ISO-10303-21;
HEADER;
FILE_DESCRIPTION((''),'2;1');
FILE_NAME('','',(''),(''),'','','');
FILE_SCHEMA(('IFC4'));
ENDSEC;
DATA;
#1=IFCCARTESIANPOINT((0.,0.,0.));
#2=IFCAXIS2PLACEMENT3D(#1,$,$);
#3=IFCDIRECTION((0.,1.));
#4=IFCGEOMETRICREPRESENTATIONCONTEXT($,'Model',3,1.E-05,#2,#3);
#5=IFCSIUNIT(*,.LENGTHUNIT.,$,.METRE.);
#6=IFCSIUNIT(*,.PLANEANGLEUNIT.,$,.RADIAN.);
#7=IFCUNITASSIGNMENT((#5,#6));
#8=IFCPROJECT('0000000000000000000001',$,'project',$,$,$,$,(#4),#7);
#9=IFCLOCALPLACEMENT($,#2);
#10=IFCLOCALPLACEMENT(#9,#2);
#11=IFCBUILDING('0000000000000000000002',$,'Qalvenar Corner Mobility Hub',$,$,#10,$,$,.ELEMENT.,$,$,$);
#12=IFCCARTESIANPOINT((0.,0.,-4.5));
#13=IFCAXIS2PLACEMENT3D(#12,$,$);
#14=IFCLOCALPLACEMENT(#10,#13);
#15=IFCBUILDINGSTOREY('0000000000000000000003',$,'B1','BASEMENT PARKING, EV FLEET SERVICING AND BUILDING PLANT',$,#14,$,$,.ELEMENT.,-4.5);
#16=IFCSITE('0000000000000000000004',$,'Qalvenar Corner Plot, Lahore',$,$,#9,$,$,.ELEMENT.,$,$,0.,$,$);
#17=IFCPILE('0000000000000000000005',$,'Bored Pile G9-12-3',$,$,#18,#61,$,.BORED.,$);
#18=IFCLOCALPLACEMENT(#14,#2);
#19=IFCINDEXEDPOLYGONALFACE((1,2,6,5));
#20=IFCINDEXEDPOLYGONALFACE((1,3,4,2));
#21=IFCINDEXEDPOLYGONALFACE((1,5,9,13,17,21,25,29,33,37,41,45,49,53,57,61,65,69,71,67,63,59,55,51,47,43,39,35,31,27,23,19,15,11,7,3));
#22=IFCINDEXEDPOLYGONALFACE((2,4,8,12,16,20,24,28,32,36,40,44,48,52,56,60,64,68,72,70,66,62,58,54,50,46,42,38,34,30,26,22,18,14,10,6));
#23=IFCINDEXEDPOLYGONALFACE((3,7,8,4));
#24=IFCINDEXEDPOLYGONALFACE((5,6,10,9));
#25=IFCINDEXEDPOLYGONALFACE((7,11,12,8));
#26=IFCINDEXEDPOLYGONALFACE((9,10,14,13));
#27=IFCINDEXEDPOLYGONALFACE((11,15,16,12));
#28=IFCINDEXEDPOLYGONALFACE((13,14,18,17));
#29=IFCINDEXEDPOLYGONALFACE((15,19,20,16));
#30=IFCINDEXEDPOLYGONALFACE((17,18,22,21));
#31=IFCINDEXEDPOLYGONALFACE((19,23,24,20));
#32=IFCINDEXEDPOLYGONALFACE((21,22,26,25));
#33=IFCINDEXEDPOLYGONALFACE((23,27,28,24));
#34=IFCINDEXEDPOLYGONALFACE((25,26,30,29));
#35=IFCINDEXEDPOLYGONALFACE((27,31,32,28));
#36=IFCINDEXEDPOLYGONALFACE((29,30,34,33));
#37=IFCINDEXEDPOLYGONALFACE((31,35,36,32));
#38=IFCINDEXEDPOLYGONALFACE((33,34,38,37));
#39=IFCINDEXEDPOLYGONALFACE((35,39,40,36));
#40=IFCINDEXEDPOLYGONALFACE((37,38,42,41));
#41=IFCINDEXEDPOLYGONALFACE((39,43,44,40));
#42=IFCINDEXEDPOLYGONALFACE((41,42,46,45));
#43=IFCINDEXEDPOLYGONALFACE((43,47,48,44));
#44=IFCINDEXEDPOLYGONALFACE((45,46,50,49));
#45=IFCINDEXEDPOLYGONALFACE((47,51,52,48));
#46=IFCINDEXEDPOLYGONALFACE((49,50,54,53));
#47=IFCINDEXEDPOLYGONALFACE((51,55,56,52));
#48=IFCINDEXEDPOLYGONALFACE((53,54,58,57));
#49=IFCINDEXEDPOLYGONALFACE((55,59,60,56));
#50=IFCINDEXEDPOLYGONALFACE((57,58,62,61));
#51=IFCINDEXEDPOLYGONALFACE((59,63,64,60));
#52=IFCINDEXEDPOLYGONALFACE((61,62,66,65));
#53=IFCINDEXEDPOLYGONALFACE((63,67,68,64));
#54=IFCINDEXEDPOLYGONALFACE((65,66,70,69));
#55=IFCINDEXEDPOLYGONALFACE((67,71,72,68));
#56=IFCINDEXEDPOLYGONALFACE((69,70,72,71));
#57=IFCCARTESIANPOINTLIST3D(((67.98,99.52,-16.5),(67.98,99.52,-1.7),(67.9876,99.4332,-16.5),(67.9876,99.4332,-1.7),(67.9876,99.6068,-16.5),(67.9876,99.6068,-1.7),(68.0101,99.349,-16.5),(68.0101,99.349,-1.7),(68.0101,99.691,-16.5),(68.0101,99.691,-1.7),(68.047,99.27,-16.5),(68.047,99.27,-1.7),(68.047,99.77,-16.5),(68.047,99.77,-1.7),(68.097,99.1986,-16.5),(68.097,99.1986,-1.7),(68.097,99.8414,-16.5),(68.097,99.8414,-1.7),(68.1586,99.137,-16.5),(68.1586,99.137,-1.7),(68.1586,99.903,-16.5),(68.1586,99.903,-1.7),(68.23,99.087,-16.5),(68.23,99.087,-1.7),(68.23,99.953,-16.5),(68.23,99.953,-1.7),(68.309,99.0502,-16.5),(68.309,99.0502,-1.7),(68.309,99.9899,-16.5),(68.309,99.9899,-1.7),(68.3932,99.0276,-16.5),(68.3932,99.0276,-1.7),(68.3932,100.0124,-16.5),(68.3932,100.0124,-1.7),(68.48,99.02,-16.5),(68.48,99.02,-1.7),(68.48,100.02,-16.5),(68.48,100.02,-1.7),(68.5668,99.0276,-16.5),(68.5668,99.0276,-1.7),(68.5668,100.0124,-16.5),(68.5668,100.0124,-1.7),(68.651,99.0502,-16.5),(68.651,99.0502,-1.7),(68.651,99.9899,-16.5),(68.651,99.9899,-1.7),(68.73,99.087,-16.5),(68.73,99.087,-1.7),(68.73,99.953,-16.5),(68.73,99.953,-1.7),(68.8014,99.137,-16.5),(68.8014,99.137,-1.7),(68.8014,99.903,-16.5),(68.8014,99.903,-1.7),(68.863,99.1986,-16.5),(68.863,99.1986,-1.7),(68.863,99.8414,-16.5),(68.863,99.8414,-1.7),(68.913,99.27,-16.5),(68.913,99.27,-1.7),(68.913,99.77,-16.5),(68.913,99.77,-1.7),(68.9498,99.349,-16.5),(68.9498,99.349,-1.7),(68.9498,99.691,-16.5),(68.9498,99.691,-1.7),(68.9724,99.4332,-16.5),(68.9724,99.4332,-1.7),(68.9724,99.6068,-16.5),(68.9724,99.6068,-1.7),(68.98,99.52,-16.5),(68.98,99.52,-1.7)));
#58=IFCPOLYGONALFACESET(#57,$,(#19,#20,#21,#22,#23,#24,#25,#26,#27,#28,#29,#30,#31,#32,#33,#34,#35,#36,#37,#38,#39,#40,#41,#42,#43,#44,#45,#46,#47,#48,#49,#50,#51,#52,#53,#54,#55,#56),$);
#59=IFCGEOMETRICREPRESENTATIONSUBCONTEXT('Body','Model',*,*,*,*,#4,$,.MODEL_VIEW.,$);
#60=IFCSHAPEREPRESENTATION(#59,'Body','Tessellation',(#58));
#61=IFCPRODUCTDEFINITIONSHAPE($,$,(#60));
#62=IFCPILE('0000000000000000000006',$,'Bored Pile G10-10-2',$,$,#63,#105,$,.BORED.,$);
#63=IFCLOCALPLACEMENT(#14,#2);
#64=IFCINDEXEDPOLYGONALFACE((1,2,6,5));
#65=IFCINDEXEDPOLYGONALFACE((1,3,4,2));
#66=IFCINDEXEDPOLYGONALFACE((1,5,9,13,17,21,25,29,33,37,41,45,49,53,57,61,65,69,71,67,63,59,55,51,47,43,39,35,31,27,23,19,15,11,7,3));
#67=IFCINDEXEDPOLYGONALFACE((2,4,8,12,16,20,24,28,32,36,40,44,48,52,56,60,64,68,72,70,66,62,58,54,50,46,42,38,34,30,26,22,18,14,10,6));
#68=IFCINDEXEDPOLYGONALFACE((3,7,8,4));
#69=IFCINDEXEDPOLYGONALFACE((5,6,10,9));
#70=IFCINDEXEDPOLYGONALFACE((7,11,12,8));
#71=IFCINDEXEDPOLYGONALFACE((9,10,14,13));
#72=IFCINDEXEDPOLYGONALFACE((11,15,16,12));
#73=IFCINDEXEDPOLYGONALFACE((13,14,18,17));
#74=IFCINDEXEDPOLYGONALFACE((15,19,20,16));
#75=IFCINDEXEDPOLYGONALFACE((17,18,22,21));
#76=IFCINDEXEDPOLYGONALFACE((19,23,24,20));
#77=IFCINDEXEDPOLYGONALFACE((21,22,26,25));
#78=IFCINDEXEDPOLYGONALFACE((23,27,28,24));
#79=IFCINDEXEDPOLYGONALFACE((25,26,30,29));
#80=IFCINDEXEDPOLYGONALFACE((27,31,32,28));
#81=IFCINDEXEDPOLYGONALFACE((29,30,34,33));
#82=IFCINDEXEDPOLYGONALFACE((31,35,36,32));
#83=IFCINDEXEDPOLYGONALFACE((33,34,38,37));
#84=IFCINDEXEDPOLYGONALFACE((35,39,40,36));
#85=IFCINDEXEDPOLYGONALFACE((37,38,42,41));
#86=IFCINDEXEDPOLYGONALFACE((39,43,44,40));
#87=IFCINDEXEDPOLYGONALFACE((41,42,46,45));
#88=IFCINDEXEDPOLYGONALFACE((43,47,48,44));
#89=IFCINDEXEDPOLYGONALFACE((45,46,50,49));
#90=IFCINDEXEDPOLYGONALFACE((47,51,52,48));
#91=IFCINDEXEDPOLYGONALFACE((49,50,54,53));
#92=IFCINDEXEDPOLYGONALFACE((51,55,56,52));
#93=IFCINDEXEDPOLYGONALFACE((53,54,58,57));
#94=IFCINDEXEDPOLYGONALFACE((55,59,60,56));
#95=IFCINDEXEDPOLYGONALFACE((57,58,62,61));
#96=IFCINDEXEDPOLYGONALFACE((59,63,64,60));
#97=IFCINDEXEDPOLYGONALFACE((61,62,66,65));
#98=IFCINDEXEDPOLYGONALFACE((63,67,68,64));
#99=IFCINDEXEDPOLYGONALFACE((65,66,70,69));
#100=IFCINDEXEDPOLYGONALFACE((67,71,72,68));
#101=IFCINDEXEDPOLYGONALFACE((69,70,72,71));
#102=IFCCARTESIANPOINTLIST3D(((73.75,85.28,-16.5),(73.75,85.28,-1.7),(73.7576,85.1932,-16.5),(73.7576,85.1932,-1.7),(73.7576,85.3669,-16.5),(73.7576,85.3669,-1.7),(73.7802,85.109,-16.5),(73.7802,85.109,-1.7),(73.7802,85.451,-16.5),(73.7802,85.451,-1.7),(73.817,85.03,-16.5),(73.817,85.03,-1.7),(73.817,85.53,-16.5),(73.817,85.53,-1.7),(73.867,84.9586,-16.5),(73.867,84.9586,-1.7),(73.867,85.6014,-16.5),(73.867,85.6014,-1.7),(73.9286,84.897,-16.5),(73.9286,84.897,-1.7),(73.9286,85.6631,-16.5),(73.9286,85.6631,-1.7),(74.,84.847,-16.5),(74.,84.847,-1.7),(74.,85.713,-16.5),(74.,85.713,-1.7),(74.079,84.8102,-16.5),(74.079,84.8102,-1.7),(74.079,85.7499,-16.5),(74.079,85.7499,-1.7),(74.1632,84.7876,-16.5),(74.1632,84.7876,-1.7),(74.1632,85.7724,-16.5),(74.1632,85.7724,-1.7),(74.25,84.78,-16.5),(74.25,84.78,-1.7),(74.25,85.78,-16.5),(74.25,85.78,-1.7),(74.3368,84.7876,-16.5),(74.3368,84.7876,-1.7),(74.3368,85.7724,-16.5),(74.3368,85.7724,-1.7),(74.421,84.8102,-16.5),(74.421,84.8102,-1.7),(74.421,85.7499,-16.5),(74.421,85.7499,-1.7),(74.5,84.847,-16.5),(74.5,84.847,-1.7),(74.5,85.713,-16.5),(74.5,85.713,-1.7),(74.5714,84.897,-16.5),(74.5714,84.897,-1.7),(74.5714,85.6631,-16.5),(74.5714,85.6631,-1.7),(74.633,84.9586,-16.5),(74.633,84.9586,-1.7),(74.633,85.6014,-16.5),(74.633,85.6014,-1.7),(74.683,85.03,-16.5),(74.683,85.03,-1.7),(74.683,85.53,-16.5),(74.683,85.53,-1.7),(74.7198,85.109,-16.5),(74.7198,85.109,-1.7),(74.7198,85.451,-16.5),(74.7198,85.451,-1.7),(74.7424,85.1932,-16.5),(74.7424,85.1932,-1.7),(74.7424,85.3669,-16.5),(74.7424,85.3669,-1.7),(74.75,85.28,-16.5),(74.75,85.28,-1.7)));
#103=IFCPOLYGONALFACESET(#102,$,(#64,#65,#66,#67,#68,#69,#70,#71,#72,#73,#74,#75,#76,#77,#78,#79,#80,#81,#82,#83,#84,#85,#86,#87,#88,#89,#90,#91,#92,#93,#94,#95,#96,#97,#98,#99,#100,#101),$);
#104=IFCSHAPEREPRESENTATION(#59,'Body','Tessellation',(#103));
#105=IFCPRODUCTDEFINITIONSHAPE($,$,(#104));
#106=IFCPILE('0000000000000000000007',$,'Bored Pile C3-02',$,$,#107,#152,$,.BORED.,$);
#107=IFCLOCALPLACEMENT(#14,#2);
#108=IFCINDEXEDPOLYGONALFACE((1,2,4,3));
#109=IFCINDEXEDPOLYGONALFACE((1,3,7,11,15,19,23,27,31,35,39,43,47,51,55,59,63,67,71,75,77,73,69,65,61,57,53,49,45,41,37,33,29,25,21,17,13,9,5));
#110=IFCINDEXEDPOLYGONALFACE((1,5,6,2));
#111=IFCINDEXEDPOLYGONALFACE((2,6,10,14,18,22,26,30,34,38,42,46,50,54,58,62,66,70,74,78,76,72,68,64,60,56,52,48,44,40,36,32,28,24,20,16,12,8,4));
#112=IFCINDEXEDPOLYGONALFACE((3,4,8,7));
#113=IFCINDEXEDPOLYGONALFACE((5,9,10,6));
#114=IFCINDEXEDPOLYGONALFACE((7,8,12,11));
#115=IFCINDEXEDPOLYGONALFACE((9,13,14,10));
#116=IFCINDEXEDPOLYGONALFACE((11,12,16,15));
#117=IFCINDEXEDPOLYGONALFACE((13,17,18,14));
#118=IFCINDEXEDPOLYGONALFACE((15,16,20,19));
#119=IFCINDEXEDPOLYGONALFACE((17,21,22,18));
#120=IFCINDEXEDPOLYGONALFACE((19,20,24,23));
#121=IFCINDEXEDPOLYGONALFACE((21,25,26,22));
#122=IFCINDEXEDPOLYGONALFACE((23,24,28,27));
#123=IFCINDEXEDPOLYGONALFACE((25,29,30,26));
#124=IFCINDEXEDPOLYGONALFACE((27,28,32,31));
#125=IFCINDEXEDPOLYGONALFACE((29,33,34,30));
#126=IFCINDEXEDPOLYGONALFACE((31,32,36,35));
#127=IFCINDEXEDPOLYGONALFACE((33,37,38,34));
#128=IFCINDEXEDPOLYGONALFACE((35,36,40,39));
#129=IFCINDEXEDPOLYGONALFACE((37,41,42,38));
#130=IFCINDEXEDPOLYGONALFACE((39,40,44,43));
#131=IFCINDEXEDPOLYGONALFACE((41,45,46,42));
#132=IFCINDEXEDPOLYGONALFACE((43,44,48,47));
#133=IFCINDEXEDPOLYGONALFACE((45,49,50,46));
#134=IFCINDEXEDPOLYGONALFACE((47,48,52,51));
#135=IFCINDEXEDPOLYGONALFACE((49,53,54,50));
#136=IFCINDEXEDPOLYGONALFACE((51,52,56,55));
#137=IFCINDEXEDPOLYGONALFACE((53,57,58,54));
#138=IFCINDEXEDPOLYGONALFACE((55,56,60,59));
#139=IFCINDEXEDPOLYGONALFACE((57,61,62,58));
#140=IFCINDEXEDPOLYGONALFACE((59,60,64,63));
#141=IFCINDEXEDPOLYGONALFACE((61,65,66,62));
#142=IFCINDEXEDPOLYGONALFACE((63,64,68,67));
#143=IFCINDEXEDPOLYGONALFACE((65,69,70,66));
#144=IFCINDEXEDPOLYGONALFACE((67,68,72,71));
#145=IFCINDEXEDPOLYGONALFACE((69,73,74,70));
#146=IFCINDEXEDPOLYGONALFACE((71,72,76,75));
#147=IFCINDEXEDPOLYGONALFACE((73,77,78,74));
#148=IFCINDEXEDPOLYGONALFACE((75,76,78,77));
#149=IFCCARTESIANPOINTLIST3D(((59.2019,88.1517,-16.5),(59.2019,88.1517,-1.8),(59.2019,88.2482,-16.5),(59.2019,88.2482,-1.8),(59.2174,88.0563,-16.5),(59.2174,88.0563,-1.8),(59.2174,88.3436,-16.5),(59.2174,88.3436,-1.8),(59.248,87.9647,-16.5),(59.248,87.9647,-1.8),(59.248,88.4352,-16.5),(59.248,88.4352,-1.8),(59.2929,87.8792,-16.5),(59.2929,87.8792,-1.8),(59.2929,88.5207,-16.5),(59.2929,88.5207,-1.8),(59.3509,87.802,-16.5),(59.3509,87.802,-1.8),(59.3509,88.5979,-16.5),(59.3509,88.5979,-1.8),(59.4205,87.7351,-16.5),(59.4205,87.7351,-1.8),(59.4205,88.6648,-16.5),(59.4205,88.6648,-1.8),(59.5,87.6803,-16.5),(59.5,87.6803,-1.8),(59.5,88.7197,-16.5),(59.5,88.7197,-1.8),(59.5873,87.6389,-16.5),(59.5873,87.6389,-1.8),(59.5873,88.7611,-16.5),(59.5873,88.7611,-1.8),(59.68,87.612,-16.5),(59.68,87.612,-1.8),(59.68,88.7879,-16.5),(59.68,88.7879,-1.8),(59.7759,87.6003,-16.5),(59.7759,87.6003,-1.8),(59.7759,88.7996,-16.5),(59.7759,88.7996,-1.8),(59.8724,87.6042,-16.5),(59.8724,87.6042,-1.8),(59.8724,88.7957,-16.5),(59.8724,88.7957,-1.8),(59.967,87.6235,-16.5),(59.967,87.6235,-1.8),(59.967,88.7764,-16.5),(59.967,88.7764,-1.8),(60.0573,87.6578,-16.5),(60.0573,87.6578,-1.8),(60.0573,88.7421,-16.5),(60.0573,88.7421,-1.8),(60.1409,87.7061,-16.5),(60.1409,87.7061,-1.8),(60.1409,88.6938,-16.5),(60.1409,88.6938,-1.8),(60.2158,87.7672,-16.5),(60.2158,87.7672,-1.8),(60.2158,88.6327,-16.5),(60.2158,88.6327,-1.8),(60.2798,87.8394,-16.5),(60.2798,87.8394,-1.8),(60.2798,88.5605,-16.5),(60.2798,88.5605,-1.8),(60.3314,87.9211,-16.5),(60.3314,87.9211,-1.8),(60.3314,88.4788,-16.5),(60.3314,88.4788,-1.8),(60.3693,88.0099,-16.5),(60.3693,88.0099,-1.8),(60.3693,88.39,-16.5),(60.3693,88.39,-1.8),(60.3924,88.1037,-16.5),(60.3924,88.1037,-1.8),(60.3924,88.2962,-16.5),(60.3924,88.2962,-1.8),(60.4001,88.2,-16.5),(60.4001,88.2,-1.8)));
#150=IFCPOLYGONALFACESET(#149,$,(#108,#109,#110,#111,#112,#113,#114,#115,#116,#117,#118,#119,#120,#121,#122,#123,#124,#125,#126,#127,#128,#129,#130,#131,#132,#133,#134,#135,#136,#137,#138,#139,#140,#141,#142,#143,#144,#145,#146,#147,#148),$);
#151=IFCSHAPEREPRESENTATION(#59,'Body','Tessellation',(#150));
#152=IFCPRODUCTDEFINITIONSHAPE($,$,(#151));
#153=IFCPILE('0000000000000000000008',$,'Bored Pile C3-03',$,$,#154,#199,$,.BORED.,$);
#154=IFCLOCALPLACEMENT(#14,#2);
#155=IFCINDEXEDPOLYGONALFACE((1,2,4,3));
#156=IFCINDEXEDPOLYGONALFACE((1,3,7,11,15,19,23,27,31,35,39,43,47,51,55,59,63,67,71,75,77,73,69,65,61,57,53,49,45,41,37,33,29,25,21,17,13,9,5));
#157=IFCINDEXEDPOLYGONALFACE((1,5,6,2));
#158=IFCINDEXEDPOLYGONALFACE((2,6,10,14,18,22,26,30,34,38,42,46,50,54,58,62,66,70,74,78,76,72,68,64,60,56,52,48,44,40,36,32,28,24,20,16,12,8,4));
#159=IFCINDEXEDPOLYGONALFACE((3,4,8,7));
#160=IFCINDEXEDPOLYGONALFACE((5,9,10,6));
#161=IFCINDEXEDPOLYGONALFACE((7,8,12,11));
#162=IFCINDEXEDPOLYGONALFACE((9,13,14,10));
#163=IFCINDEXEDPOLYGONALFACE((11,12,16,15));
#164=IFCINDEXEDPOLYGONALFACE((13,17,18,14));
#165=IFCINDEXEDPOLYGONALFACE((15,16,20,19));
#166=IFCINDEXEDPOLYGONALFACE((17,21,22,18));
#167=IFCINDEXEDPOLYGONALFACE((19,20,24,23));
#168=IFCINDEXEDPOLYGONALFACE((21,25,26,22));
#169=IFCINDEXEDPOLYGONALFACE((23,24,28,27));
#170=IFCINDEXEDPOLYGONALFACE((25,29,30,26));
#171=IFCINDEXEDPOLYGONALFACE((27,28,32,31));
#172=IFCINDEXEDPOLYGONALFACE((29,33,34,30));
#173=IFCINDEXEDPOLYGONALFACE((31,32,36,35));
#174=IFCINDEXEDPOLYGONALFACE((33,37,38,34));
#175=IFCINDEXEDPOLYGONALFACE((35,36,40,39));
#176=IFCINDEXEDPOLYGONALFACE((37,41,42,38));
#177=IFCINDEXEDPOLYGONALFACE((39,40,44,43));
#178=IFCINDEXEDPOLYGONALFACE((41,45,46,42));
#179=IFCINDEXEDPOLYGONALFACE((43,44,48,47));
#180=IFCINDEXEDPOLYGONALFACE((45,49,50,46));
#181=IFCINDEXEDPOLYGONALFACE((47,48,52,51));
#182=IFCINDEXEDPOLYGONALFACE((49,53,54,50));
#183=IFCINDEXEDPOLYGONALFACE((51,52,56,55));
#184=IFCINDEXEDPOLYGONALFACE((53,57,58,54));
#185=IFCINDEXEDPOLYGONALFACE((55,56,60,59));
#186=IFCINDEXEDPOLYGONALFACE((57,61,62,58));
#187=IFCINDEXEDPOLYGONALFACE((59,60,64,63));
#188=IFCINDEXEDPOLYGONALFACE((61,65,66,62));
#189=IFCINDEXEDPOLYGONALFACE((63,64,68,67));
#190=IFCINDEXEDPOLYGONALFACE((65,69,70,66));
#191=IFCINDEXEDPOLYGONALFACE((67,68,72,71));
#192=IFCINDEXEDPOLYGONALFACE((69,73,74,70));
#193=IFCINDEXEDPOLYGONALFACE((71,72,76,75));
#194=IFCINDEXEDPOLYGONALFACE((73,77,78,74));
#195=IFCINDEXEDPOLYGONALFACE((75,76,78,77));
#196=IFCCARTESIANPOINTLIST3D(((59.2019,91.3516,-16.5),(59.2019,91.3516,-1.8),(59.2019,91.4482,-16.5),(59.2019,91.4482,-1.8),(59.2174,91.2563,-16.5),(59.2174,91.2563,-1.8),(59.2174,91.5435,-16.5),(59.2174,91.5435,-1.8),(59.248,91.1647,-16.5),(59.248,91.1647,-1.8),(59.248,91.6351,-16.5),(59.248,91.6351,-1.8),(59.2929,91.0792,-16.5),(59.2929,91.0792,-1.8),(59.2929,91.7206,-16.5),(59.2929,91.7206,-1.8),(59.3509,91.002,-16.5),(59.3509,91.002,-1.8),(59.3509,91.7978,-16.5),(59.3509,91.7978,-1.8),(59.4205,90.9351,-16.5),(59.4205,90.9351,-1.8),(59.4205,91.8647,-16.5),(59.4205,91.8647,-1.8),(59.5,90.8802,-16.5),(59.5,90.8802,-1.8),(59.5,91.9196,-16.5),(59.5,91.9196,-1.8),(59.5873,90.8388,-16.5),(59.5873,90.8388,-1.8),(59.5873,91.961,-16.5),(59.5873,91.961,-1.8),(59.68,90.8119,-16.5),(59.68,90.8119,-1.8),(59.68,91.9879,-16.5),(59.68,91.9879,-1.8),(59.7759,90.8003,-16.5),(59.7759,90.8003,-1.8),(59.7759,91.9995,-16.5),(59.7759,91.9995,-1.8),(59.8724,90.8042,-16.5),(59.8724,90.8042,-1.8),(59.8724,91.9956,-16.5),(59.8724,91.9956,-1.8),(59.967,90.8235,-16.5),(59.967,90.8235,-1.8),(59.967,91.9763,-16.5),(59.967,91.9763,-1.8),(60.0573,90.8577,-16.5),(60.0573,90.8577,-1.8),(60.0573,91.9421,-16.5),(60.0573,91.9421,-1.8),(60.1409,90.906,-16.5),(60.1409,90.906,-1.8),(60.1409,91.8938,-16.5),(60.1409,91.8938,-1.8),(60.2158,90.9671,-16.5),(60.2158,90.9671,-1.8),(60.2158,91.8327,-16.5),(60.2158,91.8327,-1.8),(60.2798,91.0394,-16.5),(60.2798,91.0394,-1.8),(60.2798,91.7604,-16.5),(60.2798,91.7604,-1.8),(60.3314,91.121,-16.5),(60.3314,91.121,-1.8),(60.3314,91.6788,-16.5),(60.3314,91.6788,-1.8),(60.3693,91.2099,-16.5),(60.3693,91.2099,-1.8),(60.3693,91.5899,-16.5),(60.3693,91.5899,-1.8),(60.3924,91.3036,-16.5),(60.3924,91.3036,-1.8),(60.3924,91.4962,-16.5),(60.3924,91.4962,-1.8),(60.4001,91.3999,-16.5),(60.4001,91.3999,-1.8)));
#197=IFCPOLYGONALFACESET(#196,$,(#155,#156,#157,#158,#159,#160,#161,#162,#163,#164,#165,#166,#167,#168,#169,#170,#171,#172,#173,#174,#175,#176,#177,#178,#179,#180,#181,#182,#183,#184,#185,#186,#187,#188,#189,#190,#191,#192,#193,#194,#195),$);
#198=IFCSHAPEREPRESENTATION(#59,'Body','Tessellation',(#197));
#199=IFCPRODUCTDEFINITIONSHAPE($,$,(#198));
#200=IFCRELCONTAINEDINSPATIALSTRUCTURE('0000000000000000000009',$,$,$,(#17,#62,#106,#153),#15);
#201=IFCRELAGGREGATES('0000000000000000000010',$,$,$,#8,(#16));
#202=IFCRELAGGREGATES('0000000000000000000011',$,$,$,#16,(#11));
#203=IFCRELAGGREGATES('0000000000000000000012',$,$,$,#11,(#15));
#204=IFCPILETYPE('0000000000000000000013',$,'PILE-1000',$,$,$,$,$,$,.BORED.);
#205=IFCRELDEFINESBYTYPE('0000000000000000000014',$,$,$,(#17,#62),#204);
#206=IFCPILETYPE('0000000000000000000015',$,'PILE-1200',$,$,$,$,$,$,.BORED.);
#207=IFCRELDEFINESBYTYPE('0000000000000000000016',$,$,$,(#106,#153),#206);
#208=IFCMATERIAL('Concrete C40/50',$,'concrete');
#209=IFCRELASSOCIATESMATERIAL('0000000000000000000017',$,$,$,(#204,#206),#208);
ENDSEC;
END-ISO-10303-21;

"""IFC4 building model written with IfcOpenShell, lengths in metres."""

from ifc_helpers import new_model, si_unit, direction, frame, origin, origin_2d, place, context, subcontext, project, spatial, circle, extrude, material, material_profile, profile_set, type_object, element, save


model = new_model("IFC4")

# Units and contexts
model_context = context("Model", 3, precision=1e-05, world=origin(), true_north=direction((0.0, 1.0)))
body_context = subcontext(model_context, "Body", "Model", "MODEL_VIEW")
ifc_project = project(units=[si_unit("LENGTHUNIT", "METRE"), si_unit("PLANEANGLEUNIT", "RADIAN")], contexts=[model_context])

# Site, building, storey
site_placement = place(None, origin())
site = spatial("IfcSite", under=ifc_project, at=site_placement, Name="Qalvenar Corner Plot, Lahore", CompositionType="ELEMENT", RefElevation=0.0)
building_placement = place(site_placement, origin())
building = spatial("IfcBuilding", under=site, at=building_placement, Name="Qalvenar Corner Mobility Hub", CompositionType="ELEMENT")
storey_placement = place(building_placement, frame((0.0, 0.0, -4.5)))
storey = spatial("IfcBuildingStorey", under=building, at=storey_placement, Name="B1", Description="BASEMENT PARKING, EV FLEET SERVICING AND BUILDING PLANT", CompositionType="ELEMENT", Elevation=-4.5)

# Shared definitions
ifc_material_1 = material(Name="Concrete C40/50", Category="concrete")

# Piles
ifc_material_profile_1 = material_profile(ifc_material_1, circle(Radius=0.5, at=origin_2d()), Name="DIA1000")
ifc_profile_set_1 = profile_set([ifc_material_profile_1], Name="Concrete C40/50")
pile_type_1 = type_object("IfcPileType", Name="PILE-1000", PredefinedType="BORED", material=ifc_profile_set_1)
for number, where, z_axis, x_axis, name in (
    (1, (68.48, 99.52, -1.7), (0.0, 0.0, -1.0), (1.0, 0.0, 0.0), "Bored Pile G9-12-3"),
    (2, (74.25, 85.28, -1.7), (0.0, 0.0, -1.0), (1.0, 0.0, 0.0), "Bored Pile G10-10-2"),
):
    element("IfcPile", number, at=place(storey_placement, frame(where, z_axis=z_axis, x_axis=x_axis)), inside=storey, type_object=pile_type_1, Name=name, PredefinedType="BORED", context=body_context, shape_type="SweptSolid", body=[
        extrude(circle(Radius=0.5, at=origin_2d()), origin(), (0.0, 0.0, 1.0), 14.8),
    ])
ifc_material_profile_2 = material_profile(ifc_material_1, circle(Radius=0.6001, at=origin_2d()), Name="DIA1200")
ifc_profile_set_2 = profile_set([ifc_material_profile_2], Name="Concrete C40/50")
pile_type_2 = type_object("IfcPileType", Name="PILE-1200", PredefinedType="BORED", material=ifc_profile_set_2)
for number, where, z_axis, x_axis, name in (
    (3, (59.8, 88.2, -1.8), (0.0, 0.0, -1.0), (1.0, 0.0, 0.0), "Bored Pile C3-02"),
    (4, (59.8, 91.3999, -1.8), (0.0, 0.0, -1.0), (1.0, 0.0, 0.0), "Bored Pile C3-03"),
):
    element("IfcPile", number, at=place(storey_placement, frame(where, z_axis=z_axis, x_axis=x_axis)), inside=storey, type_object=pile_type_2, Name=name, PredefinedType="BORED", context=body_context, shape_type="SweptSolid", body=[
        extrude(circle(Radius=0.6001, at=origin_2d()), origin(), (0.0, 0.0, 1.0), 14.7),
    ])

save(model, "model.ifc")
